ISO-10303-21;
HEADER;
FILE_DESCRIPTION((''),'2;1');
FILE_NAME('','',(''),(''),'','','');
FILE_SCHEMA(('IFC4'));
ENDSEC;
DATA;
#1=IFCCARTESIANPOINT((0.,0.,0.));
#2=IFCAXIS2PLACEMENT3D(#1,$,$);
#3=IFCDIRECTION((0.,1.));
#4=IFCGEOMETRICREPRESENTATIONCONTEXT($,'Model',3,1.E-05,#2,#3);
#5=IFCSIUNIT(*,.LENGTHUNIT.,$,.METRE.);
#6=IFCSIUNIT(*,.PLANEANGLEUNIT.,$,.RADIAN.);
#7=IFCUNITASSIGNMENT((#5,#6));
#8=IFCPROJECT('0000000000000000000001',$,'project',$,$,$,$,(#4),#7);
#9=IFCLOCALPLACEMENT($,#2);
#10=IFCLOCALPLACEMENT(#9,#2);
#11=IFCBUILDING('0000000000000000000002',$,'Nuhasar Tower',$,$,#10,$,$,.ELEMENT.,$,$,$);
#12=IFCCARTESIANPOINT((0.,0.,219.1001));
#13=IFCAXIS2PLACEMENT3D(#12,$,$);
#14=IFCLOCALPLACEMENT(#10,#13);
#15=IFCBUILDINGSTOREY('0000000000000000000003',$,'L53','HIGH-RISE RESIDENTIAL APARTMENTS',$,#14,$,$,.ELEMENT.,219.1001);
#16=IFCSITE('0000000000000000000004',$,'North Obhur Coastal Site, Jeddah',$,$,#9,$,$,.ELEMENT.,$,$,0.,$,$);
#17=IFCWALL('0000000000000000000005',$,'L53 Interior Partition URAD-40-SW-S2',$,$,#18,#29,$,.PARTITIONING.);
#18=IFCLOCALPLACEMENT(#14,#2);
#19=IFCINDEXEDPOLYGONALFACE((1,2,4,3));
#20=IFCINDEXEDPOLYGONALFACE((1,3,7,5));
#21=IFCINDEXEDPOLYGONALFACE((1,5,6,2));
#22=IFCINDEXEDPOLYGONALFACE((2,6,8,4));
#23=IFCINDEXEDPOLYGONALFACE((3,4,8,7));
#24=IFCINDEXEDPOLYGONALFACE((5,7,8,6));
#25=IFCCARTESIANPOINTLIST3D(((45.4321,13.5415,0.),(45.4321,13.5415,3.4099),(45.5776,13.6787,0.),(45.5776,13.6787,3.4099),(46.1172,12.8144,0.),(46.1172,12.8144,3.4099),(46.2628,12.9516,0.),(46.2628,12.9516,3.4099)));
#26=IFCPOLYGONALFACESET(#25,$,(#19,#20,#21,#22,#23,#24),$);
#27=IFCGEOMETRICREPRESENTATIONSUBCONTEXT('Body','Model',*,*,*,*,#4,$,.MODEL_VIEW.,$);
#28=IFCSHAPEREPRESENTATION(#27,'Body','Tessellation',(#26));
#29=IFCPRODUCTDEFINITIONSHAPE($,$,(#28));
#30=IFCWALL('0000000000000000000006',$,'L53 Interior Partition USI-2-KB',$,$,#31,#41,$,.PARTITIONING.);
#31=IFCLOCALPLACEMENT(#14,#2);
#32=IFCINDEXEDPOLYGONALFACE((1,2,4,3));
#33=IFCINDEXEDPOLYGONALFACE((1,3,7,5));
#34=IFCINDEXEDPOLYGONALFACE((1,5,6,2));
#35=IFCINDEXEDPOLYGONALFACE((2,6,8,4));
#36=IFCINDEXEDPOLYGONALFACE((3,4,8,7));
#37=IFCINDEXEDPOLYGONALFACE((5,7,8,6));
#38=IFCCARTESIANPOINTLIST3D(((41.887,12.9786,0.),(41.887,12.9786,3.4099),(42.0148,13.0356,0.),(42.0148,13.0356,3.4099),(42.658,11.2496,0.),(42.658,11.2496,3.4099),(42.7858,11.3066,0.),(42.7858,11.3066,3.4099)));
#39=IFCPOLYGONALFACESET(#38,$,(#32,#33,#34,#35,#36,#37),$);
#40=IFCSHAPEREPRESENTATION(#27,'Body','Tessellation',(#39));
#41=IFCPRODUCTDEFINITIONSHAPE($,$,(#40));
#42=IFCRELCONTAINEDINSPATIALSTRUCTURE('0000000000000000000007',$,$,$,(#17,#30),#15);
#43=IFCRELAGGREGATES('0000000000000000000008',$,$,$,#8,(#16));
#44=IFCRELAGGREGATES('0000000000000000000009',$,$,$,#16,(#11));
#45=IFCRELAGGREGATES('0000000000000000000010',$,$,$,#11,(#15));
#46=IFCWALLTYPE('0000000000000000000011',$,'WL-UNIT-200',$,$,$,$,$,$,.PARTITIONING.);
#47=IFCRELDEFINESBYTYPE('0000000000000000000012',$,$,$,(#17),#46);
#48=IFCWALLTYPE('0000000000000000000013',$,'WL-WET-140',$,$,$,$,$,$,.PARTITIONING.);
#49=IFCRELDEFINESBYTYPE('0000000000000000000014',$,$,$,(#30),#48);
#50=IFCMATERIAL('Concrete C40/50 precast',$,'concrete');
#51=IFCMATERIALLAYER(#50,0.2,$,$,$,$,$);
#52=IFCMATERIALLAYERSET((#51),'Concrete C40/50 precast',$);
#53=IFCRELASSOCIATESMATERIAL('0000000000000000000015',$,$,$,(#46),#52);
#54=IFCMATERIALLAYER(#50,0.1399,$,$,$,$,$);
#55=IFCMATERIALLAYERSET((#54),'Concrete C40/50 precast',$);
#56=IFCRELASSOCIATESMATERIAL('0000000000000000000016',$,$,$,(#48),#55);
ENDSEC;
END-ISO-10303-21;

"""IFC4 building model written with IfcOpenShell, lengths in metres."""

from ifc_helpers import new_model, si_unit, direction, frame, frame_2d, origin, place, context, subcontext, project, spatial, rectangle, extrude, material, layer, layer_set, type_object, element, save


model = new_model("IFC4")

# Units and contexts
model_context = context("Model", 3, precision=1e-05, world=origin(), true_north=direction((0.0, 1.0)))
body_context = subcontext(model_context, "Body", "Model", "MODEL_VIEW")
ifc_project = project(units=[si_unit("LENGTHUNIT", "METRE"), si_unit("PLANEANGLEUNIT", "RADIAN")], contexts=[model_context])

# Site, building, storey
site_placement = place(None, origin())
site = spatial("IfcSite", under=ifc_project, at=site_placement, Name="North Obhur Coastal Site, Jeddah", CompositionType="ELEMENT", RefElevation=0.0)
building_placement = place(site_placement, origin())
building = spatial("IfcBuilding", under=site, at=building_placement, Name="Nuhasar Tower", CompositionType="ELEMENT")
storey_placement = place(building_placement, frame((0.0, 0.0, 219.1001)))
storey = spatial("IfcBuildingStorey", under=building, at=storey_placement, Name="L53", Description="HIGH-RISE RESIDENTIAL APARTMENTS", CompositionType="ELEMENT", Elevation=219.1001)

# Walls
ifc_material_1 = material(Name="Concrete C40/50 precast", Category="concrete")
ifc_layer_1 = layer(ifc_material_1, 0.2)
ifc_layer_set_1 = layer_set([ifc_layer_1], Name="Concrete C40/50 precast")
wall_type_1 = type_object("IfcWallType", Name="WL-UNIT-200", PredefinedType="PARTITIONING", material=ifc_layer_set_1)
wall_1_placement = place(storey_placement, frame((45.5049, 13.6101, 0.0), z_axis=(0.0, 0.0, 1.0), x_axis=(0.685776, -0.727812, 0.0)))
element("IfcWall", 1, at=wall_1_placement, inside=storey, type_object=wall_type_1, Name="L53 Interior Partition URAD-40-SW-S2", PredefinedType="PARTITIONING", context=body_context, shape_type="SweptSolid", body=[
    extrude(rectangle(XDim=0.999, YDim=0.2, at=frame_2d((0.4995, 0.0))), origin(), (0.0, 0.0, 1.0), 3.4099),
])
ifc_layer_2 = layer(ifc_material_1, 0.1399)
ifc_layer_set_2 = layer_set([ifc_layer_2], Name="Concrete C40/50 precast")
wall_type_2 = type_object("IfcWallType", Name="WL-WET-140", PredefinedType="PARTITIONING", material=ifc_layer_set_2)
wall_2_placement = place(storey_placement, frame((41.9509, 13.0071, 0.0), z_axis=(0.0, 0.0, 1.0), x_axis=(0.407263, -0.913311, 0.0)))
element("IfcWall", 2, at=wall_2_placement, inside=storey, type_object=wall_type_2, Name="L53 Interior Partition USI-2-KB", PredefinedType="PARTITIONING", context=body_context, shape_type="SweptSolid", body=[
    extrude(rectangle(XDim=1.8931, YDim=0.1399, at=frame_2d((0.9465, 0.0))), origin(), (0.0, 0.0, 1.0), 3.4099),
])

save(model, "model.ifc")
